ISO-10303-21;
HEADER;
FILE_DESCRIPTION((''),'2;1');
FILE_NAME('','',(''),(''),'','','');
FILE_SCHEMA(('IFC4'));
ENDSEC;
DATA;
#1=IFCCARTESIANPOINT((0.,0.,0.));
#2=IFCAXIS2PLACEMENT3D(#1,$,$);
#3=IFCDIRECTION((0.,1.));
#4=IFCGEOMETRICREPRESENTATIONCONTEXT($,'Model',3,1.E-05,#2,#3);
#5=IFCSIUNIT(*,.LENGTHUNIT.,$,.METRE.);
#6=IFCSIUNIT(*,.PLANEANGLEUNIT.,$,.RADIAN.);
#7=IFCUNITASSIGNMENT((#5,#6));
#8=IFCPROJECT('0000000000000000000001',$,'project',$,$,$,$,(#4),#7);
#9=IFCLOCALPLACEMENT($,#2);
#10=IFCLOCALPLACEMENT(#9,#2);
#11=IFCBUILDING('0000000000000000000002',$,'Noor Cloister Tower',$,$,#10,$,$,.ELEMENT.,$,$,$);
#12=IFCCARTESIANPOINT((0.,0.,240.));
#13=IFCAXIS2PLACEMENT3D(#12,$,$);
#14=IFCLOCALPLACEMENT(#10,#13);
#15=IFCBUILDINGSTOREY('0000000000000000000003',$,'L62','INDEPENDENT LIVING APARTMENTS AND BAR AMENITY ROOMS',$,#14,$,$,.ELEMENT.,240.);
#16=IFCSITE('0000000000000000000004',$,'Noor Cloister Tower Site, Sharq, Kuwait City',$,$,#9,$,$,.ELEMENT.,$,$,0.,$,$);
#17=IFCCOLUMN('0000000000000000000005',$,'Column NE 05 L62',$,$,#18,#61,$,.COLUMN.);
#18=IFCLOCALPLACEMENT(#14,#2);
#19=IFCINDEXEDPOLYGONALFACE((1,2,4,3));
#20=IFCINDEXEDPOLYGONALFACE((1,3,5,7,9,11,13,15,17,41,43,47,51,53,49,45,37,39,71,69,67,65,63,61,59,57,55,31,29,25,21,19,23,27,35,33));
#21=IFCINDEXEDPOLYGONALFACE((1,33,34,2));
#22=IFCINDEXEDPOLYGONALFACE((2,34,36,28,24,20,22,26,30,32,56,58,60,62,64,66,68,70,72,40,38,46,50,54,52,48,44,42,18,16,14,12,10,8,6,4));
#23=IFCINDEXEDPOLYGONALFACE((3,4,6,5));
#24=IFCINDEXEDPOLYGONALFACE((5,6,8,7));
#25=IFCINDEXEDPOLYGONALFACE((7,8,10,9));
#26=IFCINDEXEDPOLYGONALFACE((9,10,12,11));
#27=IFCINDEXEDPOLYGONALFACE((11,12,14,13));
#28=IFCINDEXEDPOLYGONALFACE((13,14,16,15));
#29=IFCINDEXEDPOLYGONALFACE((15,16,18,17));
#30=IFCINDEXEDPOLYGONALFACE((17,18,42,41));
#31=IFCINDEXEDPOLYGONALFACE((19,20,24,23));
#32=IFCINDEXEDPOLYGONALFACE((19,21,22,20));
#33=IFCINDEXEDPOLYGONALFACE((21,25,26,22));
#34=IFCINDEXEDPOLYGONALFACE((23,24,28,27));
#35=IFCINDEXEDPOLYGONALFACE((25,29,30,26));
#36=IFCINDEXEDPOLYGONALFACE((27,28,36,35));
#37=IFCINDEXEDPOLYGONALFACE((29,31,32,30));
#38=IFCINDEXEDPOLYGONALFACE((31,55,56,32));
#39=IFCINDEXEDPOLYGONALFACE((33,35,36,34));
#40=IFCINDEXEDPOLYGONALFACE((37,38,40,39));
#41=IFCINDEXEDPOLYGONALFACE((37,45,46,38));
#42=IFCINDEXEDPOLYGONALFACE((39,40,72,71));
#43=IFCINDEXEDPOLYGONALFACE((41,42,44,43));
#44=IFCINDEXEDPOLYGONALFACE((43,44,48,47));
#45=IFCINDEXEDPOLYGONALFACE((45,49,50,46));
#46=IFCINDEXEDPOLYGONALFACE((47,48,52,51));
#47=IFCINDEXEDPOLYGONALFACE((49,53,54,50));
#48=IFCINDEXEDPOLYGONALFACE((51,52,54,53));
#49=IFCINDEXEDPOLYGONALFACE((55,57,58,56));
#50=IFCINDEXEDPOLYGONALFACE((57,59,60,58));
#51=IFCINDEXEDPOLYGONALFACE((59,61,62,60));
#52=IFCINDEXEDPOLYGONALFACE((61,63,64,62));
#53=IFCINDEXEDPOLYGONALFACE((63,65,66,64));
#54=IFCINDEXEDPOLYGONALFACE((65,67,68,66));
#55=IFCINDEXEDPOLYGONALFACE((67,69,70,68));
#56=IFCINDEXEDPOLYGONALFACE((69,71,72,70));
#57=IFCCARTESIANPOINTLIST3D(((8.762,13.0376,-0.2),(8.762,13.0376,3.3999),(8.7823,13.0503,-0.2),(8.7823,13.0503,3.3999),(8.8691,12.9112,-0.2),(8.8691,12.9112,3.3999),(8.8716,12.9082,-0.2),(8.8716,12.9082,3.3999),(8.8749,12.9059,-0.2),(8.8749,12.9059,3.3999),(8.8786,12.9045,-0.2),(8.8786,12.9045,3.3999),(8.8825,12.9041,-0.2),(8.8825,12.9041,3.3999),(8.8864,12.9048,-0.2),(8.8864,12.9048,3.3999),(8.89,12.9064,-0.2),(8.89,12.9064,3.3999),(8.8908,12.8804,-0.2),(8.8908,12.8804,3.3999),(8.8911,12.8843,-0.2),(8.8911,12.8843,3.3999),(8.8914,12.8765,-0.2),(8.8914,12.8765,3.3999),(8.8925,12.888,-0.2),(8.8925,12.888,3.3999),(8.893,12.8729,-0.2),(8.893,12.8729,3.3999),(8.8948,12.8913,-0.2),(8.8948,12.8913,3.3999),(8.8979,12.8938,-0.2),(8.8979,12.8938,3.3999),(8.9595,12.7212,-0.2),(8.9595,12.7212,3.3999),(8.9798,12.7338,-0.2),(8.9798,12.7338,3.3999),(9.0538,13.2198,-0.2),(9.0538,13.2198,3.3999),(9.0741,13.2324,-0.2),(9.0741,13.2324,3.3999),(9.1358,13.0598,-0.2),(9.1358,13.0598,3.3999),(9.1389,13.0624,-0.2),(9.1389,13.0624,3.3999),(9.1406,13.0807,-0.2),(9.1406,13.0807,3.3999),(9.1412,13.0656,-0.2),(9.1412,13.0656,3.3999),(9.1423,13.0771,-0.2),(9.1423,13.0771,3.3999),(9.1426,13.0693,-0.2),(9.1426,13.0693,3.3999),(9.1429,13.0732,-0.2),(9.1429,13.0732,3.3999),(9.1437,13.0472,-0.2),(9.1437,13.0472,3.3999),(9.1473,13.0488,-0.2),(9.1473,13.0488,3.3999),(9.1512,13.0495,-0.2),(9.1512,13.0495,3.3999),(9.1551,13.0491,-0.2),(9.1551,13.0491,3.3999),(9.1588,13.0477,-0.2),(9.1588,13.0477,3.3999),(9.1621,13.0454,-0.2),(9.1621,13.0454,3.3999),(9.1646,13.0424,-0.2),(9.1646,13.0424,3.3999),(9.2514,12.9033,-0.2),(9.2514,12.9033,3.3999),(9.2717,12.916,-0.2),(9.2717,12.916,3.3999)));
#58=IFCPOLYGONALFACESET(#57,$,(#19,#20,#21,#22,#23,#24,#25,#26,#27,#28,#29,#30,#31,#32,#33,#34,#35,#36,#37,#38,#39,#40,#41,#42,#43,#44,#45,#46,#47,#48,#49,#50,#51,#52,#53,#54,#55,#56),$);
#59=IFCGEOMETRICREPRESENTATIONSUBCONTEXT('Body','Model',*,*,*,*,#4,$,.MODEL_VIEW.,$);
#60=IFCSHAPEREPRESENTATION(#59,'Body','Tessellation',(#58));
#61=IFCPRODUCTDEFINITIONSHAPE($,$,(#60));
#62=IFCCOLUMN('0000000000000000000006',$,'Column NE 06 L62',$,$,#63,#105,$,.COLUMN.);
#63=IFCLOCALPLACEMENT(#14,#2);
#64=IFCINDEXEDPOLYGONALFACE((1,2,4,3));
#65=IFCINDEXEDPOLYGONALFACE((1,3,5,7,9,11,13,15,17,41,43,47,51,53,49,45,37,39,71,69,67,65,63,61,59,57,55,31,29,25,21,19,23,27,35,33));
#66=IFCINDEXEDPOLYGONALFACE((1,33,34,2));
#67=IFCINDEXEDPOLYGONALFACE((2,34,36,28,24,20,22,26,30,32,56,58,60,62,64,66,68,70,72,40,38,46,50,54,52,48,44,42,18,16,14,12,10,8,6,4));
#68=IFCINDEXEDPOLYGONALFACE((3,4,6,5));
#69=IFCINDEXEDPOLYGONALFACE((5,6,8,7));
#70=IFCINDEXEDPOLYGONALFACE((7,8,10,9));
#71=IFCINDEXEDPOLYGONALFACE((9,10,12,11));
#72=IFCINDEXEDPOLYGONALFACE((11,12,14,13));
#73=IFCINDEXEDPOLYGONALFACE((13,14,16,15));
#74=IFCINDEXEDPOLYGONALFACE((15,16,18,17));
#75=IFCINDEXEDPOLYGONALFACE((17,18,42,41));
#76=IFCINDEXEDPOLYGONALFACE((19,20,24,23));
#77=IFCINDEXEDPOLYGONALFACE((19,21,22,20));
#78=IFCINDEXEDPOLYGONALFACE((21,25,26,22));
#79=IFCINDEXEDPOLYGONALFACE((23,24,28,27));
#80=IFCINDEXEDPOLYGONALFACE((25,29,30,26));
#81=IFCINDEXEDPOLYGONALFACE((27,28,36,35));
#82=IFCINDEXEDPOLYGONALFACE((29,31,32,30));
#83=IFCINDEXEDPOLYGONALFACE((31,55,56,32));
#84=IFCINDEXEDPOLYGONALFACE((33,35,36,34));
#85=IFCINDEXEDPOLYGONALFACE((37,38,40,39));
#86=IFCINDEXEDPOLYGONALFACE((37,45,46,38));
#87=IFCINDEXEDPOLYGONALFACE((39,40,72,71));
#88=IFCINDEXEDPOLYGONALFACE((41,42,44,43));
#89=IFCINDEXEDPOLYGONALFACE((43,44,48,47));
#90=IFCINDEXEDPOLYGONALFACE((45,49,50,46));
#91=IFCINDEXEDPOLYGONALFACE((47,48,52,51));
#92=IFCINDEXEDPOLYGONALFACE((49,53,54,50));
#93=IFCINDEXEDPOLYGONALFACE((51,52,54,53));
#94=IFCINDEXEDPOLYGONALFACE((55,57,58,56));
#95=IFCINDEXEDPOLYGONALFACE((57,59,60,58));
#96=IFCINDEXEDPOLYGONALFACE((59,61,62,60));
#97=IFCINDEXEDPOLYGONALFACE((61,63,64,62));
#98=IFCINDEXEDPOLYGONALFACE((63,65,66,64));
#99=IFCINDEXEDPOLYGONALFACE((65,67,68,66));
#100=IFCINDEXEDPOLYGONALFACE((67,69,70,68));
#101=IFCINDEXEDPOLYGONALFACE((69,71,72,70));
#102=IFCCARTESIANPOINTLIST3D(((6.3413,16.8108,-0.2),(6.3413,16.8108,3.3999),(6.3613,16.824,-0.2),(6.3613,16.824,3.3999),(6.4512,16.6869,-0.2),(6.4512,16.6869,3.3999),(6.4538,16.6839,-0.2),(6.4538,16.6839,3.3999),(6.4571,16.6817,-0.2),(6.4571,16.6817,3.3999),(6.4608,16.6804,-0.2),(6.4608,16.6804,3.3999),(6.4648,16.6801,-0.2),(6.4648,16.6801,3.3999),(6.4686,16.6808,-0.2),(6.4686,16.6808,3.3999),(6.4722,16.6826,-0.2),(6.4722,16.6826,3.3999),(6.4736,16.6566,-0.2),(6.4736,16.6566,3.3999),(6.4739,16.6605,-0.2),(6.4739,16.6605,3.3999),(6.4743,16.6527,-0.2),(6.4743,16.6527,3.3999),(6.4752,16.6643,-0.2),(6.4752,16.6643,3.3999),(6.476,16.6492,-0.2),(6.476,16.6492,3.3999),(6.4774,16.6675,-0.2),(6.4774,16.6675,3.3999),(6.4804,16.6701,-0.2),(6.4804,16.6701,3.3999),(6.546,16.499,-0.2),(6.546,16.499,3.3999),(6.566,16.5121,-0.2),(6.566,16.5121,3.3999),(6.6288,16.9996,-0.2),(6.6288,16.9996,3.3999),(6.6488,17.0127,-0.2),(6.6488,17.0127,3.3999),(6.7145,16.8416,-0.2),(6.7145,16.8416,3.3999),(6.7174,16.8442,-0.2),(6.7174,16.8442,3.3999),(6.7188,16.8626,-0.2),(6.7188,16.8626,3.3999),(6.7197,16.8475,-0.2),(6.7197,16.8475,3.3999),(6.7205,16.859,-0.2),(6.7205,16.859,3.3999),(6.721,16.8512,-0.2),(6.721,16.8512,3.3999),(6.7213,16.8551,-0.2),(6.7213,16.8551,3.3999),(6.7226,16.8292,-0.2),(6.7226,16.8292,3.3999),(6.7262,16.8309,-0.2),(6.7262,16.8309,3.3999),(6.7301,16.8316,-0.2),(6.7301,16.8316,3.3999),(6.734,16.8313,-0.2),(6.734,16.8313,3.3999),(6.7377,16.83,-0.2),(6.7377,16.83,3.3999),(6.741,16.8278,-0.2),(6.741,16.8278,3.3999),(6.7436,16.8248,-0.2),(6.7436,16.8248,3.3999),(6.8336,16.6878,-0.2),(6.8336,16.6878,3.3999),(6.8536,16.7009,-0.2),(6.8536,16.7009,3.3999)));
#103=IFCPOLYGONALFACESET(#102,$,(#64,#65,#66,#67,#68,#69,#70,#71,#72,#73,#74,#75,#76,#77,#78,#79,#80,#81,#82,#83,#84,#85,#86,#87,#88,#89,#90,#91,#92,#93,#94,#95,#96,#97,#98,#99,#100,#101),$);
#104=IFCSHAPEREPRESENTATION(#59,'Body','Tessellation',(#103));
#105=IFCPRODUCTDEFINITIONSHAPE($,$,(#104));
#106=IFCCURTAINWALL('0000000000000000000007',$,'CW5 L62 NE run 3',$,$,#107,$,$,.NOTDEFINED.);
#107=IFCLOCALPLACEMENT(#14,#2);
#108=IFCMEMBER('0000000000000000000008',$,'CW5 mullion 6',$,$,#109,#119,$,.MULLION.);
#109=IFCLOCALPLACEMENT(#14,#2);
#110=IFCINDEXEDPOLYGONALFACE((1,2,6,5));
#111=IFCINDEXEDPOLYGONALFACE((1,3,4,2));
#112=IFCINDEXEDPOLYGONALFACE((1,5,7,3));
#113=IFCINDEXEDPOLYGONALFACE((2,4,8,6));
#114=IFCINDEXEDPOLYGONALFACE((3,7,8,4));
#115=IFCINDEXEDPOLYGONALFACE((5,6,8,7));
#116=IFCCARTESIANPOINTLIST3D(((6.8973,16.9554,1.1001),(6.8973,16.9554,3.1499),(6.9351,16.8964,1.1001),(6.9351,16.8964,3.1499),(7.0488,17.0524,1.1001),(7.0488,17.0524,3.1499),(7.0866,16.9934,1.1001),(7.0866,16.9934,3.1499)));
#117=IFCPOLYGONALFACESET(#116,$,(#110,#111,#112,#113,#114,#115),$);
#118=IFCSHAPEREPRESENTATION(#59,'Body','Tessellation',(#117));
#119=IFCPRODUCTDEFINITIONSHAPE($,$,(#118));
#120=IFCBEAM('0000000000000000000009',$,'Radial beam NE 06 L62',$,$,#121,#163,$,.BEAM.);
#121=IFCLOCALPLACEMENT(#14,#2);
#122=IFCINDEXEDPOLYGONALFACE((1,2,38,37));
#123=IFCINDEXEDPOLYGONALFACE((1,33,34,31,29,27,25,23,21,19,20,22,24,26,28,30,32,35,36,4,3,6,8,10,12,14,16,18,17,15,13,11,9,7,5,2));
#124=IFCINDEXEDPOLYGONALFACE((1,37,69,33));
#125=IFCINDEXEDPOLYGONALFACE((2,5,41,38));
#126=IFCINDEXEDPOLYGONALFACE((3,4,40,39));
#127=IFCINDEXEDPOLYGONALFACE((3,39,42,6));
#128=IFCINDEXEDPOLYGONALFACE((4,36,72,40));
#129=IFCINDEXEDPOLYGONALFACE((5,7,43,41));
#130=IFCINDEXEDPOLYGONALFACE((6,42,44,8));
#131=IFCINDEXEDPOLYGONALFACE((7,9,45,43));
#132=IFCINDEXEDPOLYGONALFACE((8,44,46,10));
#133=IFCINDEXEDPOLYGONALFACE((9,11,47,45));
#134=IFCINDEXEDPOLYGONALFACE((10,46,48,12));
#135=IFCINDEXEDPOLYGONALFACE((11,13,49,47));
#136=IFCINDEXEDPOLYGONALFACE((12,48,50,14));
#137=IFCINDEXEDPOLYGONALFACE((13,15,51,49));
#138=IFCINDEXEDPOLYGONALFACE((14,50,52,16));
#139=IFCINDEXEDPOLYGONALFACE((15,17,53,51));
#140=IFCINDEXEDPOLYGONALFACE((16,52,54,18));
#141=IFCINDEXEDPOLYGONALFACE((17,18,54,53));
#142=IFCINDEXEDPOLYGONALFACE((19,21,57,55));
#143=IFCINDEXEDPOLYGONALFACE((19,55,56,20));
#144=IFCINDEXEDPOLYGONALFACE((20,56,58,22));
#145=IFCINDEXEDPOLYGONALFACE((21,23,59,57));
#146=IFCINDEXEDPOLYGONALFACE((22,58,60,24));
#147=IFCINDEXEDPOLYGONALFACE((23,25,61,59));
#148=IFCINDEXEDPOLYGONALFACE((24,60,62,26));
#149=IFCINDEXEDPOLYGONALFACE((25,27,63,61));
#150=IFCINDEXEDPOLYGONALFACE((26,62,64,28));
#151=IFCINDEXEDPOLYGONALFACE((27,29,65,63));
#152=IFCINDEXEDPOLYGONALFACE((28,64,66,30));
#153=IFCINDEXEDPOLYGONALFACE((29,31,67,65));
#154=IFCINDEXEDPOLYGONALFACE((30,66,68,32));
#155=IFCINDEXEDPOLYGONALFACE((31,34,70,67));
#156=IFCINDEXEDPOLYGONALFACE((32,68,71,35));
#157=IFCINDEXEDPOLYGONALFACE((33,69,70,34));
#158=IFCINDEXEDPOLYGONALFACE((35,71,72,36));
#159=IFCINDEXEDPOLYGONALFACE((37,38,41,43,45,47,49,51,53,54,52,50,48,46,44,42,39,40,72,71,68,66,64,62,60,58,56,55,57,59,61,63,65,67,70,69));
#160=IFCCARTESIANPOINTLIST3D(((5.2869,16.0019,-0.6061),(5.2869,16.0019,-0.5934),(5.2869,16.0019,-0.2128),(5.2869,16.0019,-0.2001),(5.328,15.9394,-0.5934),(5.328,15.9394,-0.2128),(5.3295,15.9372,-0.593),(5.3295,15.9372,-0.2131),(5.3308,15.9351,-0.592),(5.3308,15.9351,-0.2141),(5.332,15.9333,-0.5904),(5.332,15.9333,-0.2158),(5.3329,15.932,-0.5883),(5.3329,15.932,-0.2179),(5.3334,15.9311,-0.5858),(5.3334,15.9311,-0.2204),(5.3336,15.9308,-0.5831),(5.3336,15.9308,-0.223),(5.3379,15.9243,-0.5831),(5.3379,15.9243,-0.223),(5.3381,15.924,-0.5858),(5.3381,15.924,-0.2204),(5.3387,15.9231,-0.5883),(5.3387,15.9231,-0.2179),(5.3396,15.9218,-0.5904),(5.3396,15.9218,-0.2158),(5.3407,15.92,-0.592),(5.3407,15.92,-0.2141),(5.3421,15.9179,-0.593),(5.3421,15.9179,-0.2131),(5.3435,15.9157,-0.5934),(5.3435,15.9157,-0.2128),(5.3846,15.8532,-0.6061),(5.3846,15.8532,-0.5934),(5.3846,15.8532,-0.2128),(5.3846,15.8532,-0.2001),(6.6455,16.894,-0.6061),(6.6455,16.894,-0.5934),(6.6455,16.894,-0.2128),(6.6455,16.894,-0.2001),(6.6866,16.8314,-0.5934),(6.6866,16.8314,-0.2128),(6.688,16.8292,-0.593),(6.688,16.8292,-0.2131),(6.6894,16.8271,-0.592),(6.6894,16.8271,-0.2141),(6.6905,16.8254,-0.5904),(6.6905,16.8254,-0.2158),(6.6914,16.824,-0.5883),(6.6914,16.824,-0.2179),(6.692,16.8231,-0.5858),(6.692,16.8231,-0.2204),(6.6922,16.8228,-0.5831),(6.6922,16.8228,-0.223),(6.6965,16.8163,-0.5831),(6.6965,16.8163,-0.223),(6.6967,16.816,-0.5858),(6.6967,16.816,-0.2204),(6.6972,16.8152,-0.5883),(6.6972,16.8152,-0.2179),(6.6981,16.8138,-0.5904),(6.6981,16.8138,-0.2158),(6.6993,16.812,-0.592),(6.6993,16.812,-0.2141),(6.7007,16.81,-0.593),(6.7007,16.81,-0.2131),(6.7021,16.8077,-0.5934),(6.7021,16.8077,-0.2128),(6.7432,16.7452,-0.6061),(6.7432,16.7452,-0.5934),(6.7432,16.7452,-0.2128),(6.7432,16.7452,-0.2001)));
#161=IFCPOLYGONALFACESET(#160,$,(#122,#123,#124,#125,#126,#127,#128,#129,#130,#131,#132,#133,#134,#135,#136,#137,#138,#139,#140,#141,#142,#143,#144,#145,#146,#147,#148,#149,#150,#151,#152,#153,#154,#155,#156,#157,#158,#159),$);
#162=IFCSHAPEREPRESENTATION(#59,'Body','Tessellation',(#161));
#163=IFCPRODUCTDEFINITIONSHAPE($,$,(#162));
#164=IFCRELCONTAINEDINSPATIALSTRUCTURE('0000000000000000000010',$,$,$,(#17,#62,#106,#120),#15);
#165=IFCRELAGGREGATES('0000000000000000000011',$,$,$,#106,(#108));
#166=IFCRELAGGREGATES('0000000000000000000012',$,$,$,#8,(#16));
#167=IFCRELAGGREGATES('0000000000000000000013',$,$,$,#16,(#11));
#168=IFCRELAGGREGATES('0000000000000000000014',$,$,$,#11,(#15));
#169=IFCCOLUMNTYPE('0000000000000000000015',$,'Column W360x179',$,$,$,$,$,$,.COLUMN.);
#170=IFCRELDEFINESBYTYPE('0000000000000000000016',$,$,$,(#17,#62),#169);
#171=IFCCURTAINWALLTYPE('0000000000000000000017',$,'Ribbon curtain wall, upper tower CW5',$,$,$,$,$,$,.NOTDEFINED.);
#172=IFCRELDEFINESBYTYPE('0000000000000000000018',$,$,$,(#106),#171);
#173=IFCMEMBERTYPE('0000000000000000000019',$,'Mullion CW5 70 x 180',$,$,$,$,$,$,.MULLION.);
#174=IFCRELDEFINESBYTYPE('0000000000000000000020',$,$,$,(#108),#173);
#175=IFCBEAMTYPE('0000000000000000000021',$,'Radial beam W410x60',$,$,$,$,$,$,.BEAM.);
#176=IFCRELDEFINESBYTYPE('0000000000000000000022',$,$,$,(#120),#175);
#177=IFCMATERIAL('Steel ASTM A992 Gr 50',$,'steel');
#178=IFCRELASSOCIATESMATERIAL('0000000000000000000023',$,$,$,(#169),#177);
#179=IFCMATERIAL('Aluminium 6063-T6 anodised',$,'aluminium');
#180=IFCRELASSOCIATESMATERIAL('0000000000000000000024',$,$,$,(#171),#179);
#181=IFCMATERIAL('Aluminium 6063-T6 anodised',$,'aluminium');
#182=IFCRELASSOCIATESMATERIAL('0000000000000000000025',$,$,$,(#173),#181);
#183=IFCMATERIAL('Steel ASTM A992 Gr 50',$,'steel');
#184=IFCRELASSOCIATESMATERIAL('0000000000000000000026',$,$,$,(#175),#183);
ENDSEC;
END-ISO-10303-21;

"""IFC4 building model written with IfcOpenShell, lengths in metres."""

from ifc_helpers import new_model, si_unit, direction, frame, origin, origin_2d, place, context, subcontext, project, spatial, rectangle, i_section, extrude, material, material_profile, profile_set, type_object, element, aggregate, save


model = new_model("IFC4")

# Units and contexts
model_context = context("Model", 3, precision=1e-05, world=origin(), true_north=direction((0.0, 1.0)))
body_context = subcontext(model_context, "Body", "Model", "MODEL_VIEW")
ifc_project = project(units=[si_unit("LENGTHUNIT", "METRE"), si_unit("PLANEANGLEUNIT", "RADIAN")], contexts=[model_context])

# Site, building, storey
site_placement = place(None, origin())
site = spatial("IfcSite", under=ifc_project, at=site_placement, Name="Noor Cloister Tower Site, Sharq, Kuwait City", CompositionType="ELEMENT", RefElevation=0.0)
building_placement = place(site_placement, origin())
building = spatial("IfcBuilding", under=site, at=building_placement, Name="Noor Cloister Tower", CompositionType="ELEMENT")
storey_placement = place(building_placement, frame((0.0, 0.0, 240.0)))
storey = spatial("IfcBuildingStorey", under=building, at=storey_placement, Name="L62", Description="INDEPENDENT LIVING APARTMENTS AND BAR AMENITY ROOMS", CompositionType="ELEMENT", Elevation=240.0)

# Columns
ifc_material_1 = material(Name="Steel ASTM A992 Gr 50", Category="steel")
ifc_material_profile_1 = material_profile(ifc_material_1, i_section(OverallWidth=0.373, OverallDepth=0.3679, WebThickness=0.0149, FlangeThickness=0.0239, FilletRadius=0.0151, at=origin_2d()), Name="W360x179")
ifc_profile_set_1 = profile_set([ifc_material_profile_1], Name="Steel ASTM A992 Gr 50")
column_type = type_object("IfcColumnType", Name="Column W360x179", PredefinedType="COLUMN", material=ifc_profile_set_1)
for number, where, z_axis, x_axis, name in (
    (1, (9.0168, 12.9768, -0.2), (0.0, 0.0, 1.0), (-0.529481, 0.848322, 0.0), "Column NE 05 L62"),
    (2, (6.5974, 16.7559, -0.2), (0.0, 0.0, 1.0), (-0.54879, 0.83596, 0.0), "Column NE 06 L62"),
):
    element("IfcColumn", number, at=place(storey_placement, frame(where, z_axis=z_axis, x_axis=x_axis)), inside=storey, type_object=column_type, Name=name, PredefinedType="COLUMN", context=body_context, shape_type="SweptSolid", body=[
        extrude(i_section(OverallWidth=0.373, OverallDepth=0.3679, WebThickness=0.0149, FlangeThickness=0.0239, FilletRadius=0.0151, at=origin_2d()), origin(), (0.0, 0.0, 1.0), 3.5999),
    ])

# Curtain wall, member
ifc_material_2 = material(Name="Aluminium 6063-T6 anodised", Category="aluminium")
curtain_wall_type = type_object("IfcCurtainWallType", Name="Ribbon curtain wall, upper tower CW5", PredefinedType="NOTDEFINED", material=ifc_material_2)
curtain_wall_placement = place(storey_placement, origin())
curtain_wall = element("IfcCurtainWall", 3, at=curtain_wall_placement, inside=storey, type_object=curtain_wall_type, Name="CW5 L62 NE run 3", PredefinedType="NOTDEFINED")
ifc_material_3 = material(Name="Aluminium 6063-T6 anodised", Category="aluminium")
ifc_material_profile_2 = material_profile(ifc_material_3, rectangle(XDim=0.1799, YDim=0.0701, at=origin_2d()), Name="180 x 70 mullion")
ifc_profile_set_2 = profile_set([ifc_material_profile_2], Name="Aluminium 6063-T6 anodised")
member_type = type_object("IfcMemberType", Name="Mullion CW5 70 x 180", PredefinedType="MULLION", material=ifc_profile_set_2)
member_placement = place(storey_placement, frame((6.9919, 16.9744, 1.1001), z_axis=(0.0, 0.0, 1.0), x_axis=(-0.842196, -0.539171, 0.0)))
member = element("IfcMember", 4, at=member_placement, type_object=member_type, Name="CW5 mullion 6", PredefinedType="MULLION", context=body_context, shape_type="SweptSolid", body=[
    extrude(rectangle(XDim=0.1799, YDim=0.0701, at=origin_2d()), origin(), (0.0, 0.0, 1.0), 2.0498),
])

# Beam
ifc_material_4 = material(Name="Steel ASTM A992 Gr 50", Category="steel")
ifc_material_profile_3 = material_profile(ifc_material_4, i_section(OverallWidth=0.178, OverallDepth=0.406, WebThickness=0.0078, FlangeThickness=0.0127, FilletRadius=0.0103, at=origin_2d()), Name="W410x60")
ifc_profile_set_3 = profile_set([ifc_material_profile_3], Name="Steel ASTM A992 Gr 50")
beam_type_1 = type_object("IfcBeamType", Name="Radial beam W410x60", PredefinedType="BEAM", material=ifc_profile_set_3)
beam_1_placement = place(storey_placement, frame((6.6943, 16.8196, -0.4031), z_axis=(-0.835912, -0.548863, 0.0), x_axis=(0.548863, -0.835912, 0.0)))
element("IfcBeam", 5, at=beam_1_placement, inside=storey, type_object=beam_type_1, Name="Radial beam NE 06 L62", PredefinedType="BEAM", context=body_context, shape_type="SweptSolid", body=[
    extrude(i_section(OverallWidth=0.178, OverallDepth=0.406, WebThickness=0.0078, FlangeThickness=0.0127, FilletRadius=0.0103, at=origin_2d()), origin(), (0.0, 0.0, 1.0), 1.6252),
])

aggregate(curtain_wall, [member])

save(model, "model.ifc")
